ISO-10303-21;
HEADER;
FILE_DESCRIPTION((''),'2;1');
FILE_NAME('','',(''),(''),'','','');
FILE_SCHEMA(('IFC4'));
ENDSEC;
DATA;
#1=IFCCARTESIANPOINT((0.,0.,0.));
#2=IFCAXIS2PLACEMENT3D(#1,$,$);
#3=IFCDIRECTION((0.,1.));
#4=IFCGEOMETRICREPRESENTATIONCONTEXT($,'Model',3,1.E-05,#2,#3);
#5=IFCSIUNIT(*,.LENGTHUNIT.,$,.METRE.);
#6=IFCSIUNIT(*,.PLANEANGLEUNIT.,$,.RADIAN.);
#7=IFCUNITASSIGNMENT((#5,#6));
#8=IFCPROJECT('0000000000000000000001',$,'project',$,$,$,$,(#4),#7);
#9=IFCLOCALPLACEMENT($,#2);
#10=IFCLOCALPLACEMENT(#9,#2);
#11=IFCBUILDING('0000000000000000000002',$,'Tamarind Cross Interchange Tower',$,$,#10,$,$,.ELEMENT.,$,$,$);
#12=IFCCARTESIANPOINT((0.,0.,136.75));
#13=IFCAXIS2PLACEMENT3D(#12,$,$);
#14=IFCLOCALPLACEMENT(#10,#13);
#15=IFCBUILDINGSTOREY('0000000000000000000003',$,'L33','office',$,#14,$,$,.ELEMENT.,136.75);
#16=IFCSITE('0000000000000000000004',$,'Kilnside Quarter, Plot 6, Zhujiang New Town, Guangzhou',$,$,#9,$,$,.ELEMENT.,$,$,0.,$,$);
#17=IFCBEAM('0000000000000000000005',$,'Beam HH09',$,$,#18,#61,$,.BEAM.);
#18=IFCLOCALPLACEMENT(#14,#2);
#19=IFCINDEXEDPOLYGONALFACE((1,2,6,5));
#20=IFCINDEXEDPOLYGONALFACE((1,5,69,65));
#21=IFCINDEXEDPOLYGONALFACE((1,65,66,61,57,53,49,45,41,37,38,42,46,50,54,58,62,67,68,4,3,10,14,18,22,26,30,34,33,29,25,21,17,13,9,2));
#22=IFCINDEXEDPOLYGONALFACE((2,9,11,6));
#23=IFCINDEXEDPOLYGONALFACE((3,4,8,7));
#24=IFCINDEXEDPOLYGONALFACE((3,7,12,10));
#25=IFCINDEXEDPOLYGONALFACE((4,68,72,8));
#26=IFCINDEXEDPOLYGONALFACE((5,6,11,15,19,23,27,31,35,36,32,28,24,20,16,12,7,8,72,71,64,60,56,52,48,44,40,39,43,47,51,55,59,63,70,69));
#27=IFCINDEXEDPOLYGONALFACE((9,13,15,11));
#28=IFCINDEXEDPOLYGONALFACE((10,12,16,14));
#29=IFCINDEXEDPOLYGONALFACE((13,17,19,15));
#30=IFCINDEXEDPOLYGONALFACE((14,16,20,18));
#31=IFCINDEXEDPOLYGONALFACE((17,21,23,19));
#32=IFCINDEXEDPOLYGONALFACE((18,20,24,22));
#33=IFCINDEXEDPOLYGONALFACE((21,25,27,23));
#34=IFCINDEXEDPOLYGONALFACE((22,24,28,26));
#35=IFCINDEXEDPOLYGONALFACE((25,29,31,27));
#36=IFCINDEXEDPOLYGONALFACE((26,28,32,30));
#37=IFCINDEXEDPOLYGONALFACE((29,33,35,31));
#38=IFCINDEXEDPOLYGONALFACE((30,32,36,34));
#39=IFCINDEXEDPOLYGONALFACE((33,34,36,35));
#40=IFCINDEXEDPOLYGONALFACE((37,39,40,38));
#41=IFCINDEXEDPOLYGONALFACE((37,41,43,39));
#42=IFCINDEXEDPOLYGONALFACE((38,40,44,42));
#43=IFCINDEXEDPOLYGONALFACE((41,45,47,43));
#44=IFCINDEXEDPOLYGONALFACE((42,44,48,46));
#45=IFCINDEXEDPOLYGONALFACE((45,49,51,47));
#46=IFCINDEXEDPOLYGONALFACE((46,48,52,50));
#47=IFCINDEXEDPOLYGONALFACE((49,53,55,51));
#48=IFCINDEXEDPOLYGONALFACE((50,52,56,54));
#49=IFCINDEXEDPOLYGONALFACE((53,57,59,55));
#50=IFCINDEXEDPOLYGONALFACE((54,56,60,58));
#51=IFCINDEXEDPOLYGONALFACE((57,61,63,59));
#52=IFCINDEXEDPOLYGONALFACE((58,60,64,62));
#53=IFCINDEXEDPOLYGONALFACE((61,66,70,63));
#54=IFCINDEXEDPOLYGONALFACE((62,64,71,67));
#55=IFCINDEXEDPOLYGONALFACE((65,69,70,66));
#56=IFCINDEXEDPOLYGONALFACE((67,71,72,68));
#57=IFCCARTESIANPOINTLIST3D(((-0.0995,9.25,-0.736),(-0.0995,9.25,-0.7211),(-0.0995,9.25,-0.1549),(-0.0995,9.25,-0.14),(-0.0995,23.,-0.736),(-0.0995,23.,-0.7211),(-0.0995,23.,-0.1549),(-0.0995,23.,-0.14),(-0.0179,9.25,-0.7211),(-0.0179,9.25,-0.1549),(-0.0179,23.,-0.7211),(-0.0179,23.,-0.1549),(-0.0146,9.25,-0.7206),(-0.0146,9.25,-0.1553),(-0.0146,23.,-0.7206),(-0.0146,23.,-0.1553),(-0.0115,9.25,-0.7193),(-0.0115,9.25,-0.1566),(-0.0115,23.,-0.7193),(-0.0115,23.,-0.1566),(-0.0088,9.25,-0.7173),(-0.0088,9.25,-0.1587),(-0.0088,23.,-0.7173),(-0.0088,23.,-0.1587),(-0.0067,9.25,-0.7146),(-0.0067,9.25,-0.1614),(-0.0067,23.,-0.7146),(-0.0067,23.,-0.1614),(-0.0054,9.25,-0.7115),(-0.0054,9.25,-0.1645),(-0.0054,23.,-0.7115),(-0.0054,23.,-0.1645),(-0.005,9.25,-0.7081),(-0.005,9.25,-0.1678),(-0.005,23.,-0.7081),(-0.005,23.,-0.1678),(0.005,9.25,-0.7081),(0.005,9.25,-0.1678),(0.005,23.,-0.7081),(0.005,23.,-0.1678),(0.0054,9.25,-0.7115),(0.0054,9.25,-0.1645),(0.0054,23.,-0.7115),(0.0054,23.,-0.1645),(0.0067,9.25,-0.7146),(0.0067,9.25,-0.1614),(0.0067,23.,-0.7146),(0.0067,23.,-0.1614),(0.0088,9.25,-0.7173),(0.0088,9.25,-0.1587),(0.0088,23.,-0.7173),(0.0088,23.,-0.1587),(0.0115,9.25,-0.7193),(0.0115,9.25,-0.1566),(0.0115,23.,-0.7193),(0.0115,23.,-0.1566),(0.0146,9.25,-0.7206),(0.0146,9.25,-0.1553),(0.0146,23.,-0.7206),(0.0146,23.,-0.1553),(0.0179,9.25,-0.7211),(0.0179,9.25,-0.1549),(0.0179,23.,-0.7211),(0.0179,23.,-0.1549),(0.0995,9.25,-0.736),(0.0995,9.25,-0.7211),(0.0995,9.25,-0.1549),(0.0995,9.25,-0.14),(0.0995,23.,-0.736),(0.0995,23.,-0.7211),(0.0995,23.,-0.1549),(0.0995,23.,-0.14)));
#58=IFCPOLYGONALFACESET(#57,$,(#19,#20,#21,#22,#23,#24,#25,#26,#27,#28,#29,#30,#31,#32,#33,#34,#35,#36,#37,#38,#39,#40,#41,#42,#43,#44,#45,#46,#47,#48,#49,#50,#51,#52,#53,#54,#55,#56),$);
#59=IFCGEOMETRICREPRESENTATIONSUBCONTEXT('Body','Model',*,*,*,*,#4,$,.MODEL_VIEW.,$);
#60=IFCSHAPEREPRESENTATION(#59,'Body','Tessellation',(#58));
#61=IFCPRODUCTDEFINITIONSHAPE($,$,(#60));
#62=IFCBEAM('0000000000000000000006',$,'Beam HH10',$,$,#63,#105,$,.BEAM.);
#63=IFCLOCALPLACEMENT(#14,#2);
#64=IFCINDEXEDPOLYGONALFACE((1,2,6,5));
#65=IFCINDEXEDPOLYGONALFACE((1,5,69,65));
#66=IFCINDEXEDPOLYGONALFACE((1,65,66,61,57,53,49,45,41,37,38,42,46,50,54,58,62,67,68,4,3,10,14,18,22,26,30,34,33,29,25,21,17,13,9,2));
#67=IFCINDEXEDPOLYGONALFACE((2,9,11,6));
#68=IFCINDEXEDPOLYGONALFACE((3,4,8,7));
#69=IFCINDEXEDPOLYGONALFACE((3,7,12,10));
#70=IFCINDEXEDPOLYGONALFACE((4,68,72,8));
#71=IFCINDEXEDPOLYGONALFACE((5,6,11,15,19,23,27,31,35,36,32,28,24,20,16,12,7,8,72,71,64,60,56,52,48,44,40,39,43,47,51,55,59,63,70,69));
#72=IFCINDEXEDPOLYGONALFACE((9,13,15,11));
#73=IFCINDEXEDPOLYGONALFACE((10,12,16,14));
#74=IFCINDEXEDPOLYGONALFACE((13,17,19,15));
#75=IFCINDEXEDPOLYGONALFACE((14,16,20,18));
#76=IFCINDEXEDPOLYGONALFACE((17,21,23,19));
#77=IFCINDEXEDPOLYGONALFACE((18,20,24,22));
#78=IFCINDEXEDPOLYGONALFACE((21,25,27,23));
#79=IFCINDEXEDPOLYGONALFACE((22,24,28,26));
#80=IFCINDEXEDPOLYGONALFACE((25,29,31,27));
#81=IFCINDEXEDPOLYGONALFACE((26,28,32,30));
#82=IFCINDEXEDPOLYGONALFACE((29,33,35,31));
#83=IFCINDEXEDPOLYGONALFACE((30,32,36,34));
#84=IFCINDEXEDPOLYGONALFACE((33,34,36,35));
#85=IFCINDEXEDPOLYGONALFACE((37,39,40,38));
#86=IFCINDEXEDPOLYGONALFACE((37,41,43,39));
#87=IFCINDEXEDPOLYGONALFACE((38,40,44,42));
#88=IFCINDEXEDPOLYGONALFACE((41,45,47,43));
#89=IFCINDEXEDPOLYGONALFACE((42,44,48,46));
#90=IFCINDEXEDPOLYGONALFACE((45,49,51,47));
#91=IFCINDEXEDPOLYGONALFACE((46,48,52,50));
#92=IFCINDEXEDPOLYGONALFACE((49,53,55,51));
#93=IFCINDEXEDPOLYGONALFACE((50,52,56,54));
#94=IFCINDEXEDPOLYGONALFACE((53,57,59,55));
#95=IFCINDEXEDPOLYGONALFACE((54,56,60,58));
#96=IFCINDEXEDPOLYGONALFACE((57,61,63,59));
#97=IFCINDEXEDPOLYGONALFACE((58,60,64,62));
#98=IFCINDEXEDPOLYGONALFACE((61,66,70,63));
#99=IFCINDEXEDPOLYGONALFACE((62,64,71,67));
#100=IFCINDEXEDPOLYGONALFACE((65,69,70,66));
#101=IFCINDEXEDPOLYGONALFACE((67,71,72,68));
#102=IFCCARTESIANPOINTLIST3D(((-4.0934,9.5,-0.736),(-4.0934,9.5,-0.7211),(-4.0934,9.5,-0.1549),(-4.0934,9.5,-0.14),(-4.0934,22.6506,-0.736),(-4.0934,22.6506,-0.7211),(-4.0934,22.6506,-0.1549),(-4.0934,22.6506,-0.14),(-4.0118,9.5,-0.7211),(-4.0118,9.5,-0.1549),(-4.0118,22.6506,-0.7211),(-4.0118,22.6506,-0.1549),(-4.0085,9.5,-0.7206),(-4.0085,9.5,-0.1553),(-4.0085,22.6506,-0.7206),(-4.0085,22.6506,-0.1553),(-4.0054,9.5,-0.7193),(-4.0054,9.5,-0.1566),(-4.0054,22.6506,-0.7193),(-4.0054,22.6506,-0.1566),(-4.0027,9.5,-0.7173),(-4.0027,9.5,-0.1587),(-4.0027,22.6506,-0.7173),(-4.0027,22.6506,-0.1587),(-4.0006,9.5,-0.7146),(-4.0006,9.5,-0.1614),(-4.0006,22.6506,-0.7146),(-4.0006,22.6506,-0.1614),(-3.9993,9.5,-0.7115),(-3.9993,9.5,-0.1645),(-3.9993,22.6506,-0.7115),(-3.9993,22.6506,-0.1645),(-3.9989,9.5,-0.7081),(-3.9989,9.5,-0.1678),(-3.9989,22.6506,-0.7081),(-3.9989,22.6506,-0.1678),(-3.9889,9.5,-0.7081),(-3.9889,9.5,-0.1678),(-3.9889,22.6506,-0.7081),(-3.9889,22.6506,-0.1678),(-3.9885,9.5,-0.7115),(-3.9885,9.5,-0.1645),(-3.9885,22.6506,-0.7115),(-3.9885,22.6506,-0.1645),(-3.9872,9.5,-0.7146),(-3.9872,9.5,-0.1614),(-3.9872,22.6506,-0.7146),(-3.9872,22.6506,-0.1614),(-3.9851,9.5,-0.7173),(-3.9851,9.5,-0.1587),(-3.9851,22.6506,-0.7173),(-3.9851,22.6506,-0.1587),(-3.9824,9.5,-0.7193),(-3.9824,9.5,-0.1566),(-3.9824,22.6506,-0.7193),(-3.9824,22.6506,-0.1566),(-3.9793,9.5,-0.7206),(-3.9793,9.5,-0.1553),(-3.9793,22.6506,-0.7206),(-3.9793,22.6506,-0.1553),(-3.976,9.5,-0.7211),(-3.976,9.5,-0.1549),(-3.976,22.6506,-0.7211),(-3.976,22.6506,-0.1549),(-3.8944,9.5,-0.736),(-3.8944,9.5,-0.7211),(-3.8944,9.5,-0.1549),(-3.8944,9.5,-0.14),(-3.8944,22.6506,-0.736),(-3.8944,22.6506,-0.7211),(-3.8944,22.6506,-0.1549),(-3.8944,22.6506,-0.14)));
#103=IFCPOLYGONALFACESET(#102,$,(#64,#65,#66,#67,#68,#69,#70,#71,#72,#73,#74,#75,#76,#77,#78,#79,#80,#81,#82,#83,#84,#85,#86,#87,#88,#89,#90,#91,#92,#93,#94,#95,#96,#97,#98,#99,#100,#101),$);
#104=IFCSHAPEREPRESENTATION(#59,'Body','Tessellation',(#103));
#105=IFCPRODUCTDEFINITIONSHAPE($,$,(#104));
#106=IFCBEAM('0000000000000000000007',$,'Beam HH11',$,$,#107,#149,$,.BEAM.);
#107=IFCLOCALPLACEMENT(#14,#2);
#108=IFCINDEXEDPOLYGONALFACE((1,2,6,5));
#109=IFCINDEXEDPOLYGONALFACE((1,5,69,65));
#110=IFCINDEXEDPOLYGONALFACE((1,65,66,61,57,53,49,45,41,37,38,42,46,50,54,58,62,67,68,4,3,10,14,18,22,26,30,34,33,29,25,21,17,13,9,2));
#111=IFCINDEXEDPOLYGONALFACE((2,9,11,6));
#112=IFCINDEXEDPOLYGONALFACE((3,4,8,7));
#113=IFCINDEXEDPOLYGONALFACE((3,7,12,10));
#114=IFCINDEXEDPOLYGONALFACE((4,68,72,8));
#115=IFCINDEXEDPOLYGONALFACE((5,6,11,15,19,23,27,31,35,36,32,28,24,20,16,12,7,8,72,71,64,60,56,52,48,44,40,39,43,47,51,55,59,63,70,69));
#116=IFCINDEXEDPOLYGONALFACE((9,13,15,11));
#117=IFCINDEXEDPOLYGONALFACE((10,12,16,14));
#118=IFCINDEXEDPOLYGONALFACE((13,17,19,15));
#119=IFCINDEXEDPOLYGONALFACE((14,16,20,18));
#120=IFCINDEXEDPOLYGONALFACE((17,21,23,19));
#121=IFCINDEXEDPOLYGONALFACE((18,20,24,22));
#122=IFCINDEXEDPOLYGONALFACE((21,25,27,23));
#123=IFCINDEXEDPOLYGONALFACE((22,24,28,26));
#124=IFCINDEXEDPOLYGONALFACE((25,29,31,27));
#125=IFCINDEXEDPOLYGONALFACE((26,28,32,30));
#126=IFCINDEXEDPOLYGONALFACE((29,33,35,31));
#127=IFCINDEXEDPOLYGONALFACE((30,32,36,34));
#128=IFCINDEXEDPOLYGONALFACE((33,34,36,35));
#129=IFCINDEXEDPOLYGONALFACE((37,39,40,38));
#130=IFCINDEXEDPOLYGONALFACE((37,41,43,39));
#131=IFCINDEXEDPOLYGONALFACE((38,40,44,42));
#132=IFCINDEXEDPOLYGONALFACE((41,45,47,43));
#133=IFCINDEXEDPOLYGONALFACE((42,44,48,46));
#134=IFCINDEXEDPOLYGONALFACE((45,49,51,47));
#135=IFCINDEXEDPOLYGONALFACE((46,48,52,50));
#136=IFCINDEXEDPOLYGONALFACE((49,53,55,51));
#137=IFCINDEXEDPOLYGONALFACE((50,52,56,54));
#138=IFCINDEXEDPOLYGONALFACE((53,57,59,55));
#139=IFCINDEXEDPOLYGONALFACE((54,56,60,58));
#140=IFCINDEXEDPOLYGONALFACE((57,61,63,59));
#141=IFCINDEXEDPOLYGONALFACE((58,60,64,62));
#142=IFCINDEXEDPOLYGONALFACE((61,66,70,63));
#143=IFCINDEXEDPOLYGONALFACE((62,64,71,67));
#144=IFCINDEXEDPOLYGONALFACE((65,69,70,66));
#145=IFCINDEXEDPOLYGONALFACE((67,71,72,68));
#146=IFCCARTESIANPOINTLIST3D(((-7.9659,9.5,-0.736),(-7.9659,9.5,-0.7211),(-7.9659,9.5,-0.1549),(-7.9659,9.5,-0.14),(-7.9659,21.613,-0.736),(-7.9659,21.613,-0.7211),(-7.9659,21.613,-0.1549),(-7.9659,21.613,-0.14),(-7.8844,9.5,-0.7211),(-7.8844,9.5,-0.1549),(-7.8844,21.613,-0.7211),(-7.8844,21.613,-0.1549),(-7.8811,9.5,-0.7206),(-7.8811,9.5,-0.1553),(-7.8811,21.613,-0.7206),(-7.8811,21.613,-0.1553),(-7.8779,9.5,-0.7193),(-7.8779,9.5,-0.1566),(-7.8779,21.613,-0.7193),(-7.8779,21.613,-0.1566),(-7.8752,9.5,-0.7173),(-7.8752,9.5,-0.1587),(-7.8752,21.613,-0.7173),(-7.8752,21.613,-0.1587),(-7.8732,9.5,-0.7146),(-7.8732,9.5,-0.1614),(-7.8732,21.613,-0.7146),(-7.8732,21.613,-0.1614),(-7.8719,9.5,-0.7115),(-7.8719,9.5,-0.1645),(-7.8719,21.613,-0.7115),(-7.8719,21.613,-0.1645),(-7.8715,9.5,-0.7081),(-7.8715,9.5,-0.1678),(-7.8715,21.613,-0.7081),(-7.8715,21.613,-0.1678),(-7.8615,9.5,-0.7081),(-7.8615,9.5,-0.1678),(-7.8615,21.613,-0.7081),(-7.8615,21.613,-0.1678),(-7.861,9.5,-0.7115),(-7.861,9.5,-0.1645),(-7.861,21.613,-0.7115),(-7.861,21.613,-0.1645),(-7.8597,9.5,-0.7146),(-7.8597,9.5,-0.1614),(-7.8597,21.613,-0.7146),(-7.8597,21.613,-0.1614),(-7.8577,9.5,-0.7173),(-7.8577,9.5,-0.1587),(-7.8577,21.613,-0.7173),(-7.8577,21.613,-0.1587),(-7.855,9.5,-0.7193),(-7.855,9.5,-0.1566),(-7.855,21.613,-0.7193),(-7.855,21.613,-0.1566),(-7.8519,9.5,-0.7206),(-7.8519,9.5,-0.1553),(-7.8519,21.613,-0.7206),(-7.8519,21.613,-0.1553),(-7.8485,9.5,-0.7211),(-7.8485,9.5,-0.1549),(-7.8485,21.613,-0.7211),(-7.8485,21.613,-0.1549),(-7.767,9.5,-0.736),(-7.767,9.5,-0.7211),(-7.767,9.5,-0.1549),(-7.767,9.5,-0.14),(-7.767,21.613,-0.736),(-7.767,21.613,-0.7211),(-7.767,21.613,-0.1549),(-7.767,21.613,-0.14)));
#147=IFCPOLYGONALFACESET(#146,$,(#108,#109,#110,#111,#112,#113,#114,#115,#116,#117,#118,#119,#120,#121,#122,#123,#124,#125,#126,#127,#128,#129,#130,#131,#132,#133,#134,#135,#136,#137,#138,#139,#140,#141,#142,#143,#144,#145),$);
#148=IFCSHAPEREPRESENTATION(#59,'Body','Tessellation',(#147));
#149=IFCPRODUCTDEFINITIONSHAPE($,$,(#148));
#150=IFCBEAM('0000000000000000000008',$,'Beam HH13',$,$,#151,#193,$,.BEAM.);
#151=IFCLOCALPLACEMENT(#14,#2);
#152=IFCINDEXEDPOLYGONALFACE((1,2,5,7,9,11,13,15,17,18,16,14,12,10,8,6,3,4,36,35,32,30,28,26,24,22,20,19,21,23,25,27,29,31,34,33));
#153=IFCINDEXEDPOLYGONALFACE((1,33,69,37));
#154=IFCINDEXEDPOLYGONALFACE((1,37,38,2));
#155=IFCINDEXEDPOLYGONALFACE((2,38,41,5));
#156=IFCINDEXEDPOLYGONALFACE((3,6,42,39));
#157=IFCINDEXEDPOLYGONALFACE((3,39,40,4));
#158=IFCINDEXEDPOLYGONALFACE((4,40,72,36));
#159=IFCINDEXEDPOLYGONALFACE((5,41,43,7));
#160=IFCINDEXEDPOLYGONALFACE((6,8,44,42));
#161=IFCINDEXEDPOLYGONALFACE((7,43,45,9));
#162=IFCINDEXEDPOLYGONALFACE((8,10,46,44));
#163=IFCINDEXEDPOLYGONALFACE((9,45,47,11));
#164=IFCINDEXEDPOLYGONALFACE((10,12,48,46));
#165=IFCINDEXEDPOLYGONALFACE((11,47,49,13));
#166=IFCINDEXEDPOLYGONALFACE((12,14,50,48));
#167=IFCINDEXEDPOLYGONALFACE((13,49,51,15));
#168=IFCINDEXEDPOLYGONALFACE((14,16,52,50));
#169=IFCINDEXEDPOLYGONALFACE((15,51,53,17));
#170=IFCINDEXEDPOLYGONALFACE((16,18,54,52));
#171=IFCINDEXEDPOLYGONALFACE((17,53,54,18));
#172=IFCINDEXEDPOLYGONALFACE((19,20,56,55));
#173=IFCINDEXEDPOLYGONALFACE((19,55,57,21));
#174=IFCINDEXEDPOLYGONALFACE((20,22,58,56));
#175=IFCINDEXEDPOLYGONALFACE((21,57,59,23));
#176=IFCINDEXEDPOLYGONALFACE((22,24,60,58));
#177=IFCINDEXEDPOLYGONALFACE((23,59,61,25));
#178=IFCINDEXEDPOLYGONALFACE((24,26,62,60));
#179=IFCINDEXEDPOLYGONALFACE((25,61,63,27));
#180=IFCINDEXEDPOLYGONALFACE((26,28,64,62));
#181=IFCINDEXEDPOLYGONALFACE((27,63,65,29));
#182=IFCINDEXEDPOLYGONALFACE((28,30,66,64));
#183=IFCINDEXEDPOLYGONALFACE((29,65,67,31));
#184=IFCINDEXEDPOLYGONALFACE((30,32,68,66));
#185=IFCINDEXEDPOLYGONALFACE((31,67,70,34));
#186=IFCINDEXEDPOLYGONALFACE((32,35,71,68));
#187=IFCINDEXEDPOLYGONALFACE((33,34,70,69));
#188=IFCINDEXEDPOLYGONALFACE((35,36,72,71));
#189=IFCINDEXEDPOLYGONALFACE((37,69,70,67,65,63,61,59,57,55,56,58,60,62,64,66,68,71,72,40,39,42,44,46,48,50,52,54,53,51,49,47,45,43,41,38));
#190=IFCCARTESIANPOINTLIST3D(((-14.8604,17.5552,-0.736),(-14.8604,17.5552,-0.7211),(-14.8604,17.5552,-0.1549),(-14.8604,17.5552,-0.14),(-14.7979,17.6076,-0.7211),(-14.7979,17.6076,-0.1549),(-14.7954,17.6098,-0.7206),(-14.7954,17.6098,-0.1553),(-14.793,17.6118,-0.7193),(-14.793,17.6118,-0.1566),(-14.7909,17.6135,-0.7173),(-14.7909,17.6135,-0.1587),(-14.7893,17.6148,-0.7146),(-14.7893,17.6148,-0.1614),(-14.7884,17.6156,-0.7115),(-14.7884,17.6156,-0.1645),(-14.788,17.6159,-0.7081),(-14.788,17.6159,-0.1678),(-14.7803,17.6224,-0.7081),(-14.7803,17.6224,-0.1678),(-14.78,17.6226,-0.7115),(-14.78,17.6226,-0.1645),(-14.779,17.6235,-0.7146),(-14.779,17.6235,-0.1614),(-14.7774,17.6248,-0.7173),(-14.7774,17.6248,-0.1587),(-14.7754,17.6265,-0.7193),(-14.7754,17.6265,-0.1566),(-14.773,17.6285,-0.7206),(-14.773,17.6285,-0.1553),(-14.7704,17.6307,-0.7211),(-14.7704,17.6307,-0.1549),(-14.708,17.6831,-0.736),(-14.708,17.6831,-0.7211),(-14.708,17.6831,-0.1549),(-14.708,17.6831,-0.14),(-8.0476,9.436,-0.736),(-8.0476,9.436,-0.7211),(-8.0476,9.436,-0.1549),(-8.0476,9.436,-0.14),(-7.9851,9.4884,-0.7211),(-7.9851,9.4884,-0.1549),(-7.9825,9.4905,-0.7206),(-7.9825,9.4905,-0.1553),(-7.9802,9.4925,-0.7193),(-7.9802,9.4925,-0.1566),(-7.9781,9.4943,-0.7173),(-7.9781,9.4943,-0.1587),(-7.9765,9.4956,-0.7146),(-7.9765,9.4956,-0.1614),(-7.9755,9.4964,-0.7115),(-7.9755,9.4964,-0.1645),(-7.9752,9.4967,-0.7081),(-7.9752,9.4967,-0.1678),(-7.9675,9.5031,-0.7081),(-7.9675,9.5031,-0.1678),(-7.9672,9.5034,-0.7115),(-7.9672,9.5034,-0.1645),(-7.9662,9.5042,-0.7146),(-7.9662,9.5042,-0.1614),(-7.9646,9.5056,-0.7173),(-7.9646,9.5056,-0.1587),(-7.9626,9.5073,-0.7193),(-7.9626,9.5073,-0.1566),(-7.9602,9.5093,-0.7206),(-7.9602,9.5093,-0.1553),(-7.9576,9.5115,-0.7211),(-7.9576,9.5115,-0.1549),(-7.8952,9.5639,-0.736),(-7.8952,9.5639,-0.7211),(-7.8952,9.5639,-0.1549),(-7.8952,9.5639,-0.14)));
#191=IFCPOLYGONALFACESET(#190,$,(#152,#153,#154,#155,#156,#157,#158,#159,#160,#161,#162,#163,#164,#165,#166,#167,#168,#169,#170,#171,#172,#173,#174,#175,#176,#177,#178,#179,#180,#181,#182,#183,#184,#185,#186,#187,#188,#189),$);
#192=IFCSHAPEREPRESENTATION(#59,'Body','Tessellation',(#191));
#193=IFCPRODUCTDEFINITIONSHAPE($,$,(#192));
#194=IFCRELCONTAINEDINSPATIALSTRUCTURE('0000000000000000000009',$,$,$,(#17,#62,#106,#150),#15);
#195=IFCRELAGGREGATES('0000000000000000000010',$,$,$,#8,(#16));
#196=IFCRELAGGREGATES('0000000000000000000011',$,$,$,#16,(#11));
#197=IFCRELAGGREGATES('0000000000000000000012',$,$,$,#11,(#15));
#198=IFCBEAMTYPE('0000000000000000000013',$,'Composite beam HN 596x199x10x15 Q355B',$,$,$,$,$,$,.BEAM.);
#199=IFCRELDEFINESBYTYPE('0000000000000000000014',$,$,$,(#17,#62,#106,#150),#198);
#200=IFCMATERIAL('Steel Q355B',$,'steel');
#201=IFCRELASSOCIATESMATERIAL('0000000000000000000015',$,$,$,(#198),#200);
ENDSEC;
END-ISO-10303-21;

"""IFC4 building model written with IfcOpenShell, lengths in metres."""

from ifc_helpers import new_model, si_unit, direction, frame, origin, origin_2d, place, context, subcontext, project, spatial, i_section, extrude, material, material_profile, profile_set, type_object, element, save


model = new_model("IFC4")

# Units and contexts
model_context = context("Model", 3, precision=1e-05, world=origin(), true_north=direction((0.0, 1.0)))
body_context = subcontext(model_context, "Body", "Model", "MODEL_VIEW")
ifc_project = project(units=[si_unit("LENGTHUNIT", "METRE"), si_unit("PLANEANGLEUNIT", "RADIAN")], contexts=[model_context])

# Site, building, storey
site_placement = place(None, origin())
site = spatial("IfcSite", under=ifc_project, at=site_placement, Name="Kilnside Quarter, Plot 6, Zhujiang New Town, Guangzhou", CompositionType="ELEMENT", RefElevation=0.0)
building_placement = place(site_placement, origin())
building = spatial("IfcBuilding", under=site, at=building_placement, Name="Tamarind Cross Interchange Tower", CompositionType="ELEMENT")
storey_placement = place(building_placement, frame((0.0, 0.0, 136.75)))
storey = spatial("IfcBuildingStorey", under=building, at=storey_placement, Name="L33", Description="office", CompositionType="ELEMENT", Elevation=136.75)

# Beams
ifc_material_1 = material(Name="Steel Q355B", Category="steel")
ifc_material_profile_1 = material_profile(ifc_material_1, i_section(OverallWidth=0.199, OverallDepth=0.5959, WebThickness=0.01, FlangeThickness=0.0149, FilletRadius=0.0129, at=origin_2d()), Name="HN 596x199x10x15")
ifc_profile_set_1 = profile_set([ifc_material_profile_1], Name="Steel Q355B")
beam_type_1 = type_object("IfcBeamType", Name="Composite beam HN 596x199x10x15 Q355B", PredefinedType="BEAM", material=ifc_profile_set_1)
beam_1_placement = place(storey_placement, frame((0.0, 23.0, -0.438), z_axis=(0.0, -1.0, 0.0), x_axis=(1.0, 0.0, 0.0)))
element("IfcBeam", 1, at=beam_1_placement, inside=storey, type_object=beam_type_1, Name="Beam HH09", PredefinedType="BEAM", context=body_context, shape_type="SweptSolid", body=[
    extrude(i_section(OverallWidth=0.199, OverallDepth=0.5959, WebThickness=0.01, FlangeThickness=0.0149, FilletRadius=0.0129, at=origin_2d()), origin(), (0.0, 0.0, 1.0), 13.75),
])
beam_2_placement = place(storey_placement, frame((-3.9939, 22.6506, -0.438), z_axis=(0.0, -1.0, 0.0), x_axis=(1.0, 0.0, 0.0)))
element("IfcBeam", 2, at=beam_2_placement, inside=storey, type_object=beam_type_1, Name="Beam HH10", PredefinedType="BEAM", context=body_context, shape_type="SweptSolid", body=[
    extrude(i_section(OverallWidth=0.199, OverallDepth=0.5959, WebThickness=0.01, FlangeThickness=0.0149, FilletRadius=0.0129, at=origin_2d()), origin(), (0.0, 0.0, 1.0), 13.1506),
])
beam_3_placement = place(storey_placement, frame((-7.8665, 21.613, -0.438), z_axis=(0.0, -1.0, 0.0), x_axis=(1.0, 0.0, 0.0)))
element("IfcBeam", 3, at=beam_3_placement, inside=storey, type_object=beam_type_1, Name="Beam HH11", PredefinedType="BEAM", context=body_context, shape_type="SweptSolid", body=[
    extrude(i_section(OverallWidth=0.199, OverallDepth=0.5959, WebThickness=0.01, FlangeThickness=0.0149, FilletRadius=0.0129, at=origin_2d()), origin(), (0.0, 0.0, 1.0), 12.113),
])
beam_4_placement = place(storey_placement, frame((-14.7842, 17.6191, -0.438), z_axis=(0.642786, -0.766046, 0.0), x_axis=(0.766046, 0.642786, 0.0)))
element("IfcBeam", 4, at=beam_4_placement, inside=storey, type_object=beam_type_1, Name="Beam HH13", PredefinedType="BEAM", context=body_context, shape_type="SweptSolid", body=[
    extrude(i_section(OverallWidth=0.199, OverallDepth=0.5959, WebThickness=0.01, FlangeThickness=0.0149, FilletRadius=0.0129, at=origin_2d()), origin(), (0.0, 0.0, 1.0), 10.5989),
])

save(model, "model.ifc")
